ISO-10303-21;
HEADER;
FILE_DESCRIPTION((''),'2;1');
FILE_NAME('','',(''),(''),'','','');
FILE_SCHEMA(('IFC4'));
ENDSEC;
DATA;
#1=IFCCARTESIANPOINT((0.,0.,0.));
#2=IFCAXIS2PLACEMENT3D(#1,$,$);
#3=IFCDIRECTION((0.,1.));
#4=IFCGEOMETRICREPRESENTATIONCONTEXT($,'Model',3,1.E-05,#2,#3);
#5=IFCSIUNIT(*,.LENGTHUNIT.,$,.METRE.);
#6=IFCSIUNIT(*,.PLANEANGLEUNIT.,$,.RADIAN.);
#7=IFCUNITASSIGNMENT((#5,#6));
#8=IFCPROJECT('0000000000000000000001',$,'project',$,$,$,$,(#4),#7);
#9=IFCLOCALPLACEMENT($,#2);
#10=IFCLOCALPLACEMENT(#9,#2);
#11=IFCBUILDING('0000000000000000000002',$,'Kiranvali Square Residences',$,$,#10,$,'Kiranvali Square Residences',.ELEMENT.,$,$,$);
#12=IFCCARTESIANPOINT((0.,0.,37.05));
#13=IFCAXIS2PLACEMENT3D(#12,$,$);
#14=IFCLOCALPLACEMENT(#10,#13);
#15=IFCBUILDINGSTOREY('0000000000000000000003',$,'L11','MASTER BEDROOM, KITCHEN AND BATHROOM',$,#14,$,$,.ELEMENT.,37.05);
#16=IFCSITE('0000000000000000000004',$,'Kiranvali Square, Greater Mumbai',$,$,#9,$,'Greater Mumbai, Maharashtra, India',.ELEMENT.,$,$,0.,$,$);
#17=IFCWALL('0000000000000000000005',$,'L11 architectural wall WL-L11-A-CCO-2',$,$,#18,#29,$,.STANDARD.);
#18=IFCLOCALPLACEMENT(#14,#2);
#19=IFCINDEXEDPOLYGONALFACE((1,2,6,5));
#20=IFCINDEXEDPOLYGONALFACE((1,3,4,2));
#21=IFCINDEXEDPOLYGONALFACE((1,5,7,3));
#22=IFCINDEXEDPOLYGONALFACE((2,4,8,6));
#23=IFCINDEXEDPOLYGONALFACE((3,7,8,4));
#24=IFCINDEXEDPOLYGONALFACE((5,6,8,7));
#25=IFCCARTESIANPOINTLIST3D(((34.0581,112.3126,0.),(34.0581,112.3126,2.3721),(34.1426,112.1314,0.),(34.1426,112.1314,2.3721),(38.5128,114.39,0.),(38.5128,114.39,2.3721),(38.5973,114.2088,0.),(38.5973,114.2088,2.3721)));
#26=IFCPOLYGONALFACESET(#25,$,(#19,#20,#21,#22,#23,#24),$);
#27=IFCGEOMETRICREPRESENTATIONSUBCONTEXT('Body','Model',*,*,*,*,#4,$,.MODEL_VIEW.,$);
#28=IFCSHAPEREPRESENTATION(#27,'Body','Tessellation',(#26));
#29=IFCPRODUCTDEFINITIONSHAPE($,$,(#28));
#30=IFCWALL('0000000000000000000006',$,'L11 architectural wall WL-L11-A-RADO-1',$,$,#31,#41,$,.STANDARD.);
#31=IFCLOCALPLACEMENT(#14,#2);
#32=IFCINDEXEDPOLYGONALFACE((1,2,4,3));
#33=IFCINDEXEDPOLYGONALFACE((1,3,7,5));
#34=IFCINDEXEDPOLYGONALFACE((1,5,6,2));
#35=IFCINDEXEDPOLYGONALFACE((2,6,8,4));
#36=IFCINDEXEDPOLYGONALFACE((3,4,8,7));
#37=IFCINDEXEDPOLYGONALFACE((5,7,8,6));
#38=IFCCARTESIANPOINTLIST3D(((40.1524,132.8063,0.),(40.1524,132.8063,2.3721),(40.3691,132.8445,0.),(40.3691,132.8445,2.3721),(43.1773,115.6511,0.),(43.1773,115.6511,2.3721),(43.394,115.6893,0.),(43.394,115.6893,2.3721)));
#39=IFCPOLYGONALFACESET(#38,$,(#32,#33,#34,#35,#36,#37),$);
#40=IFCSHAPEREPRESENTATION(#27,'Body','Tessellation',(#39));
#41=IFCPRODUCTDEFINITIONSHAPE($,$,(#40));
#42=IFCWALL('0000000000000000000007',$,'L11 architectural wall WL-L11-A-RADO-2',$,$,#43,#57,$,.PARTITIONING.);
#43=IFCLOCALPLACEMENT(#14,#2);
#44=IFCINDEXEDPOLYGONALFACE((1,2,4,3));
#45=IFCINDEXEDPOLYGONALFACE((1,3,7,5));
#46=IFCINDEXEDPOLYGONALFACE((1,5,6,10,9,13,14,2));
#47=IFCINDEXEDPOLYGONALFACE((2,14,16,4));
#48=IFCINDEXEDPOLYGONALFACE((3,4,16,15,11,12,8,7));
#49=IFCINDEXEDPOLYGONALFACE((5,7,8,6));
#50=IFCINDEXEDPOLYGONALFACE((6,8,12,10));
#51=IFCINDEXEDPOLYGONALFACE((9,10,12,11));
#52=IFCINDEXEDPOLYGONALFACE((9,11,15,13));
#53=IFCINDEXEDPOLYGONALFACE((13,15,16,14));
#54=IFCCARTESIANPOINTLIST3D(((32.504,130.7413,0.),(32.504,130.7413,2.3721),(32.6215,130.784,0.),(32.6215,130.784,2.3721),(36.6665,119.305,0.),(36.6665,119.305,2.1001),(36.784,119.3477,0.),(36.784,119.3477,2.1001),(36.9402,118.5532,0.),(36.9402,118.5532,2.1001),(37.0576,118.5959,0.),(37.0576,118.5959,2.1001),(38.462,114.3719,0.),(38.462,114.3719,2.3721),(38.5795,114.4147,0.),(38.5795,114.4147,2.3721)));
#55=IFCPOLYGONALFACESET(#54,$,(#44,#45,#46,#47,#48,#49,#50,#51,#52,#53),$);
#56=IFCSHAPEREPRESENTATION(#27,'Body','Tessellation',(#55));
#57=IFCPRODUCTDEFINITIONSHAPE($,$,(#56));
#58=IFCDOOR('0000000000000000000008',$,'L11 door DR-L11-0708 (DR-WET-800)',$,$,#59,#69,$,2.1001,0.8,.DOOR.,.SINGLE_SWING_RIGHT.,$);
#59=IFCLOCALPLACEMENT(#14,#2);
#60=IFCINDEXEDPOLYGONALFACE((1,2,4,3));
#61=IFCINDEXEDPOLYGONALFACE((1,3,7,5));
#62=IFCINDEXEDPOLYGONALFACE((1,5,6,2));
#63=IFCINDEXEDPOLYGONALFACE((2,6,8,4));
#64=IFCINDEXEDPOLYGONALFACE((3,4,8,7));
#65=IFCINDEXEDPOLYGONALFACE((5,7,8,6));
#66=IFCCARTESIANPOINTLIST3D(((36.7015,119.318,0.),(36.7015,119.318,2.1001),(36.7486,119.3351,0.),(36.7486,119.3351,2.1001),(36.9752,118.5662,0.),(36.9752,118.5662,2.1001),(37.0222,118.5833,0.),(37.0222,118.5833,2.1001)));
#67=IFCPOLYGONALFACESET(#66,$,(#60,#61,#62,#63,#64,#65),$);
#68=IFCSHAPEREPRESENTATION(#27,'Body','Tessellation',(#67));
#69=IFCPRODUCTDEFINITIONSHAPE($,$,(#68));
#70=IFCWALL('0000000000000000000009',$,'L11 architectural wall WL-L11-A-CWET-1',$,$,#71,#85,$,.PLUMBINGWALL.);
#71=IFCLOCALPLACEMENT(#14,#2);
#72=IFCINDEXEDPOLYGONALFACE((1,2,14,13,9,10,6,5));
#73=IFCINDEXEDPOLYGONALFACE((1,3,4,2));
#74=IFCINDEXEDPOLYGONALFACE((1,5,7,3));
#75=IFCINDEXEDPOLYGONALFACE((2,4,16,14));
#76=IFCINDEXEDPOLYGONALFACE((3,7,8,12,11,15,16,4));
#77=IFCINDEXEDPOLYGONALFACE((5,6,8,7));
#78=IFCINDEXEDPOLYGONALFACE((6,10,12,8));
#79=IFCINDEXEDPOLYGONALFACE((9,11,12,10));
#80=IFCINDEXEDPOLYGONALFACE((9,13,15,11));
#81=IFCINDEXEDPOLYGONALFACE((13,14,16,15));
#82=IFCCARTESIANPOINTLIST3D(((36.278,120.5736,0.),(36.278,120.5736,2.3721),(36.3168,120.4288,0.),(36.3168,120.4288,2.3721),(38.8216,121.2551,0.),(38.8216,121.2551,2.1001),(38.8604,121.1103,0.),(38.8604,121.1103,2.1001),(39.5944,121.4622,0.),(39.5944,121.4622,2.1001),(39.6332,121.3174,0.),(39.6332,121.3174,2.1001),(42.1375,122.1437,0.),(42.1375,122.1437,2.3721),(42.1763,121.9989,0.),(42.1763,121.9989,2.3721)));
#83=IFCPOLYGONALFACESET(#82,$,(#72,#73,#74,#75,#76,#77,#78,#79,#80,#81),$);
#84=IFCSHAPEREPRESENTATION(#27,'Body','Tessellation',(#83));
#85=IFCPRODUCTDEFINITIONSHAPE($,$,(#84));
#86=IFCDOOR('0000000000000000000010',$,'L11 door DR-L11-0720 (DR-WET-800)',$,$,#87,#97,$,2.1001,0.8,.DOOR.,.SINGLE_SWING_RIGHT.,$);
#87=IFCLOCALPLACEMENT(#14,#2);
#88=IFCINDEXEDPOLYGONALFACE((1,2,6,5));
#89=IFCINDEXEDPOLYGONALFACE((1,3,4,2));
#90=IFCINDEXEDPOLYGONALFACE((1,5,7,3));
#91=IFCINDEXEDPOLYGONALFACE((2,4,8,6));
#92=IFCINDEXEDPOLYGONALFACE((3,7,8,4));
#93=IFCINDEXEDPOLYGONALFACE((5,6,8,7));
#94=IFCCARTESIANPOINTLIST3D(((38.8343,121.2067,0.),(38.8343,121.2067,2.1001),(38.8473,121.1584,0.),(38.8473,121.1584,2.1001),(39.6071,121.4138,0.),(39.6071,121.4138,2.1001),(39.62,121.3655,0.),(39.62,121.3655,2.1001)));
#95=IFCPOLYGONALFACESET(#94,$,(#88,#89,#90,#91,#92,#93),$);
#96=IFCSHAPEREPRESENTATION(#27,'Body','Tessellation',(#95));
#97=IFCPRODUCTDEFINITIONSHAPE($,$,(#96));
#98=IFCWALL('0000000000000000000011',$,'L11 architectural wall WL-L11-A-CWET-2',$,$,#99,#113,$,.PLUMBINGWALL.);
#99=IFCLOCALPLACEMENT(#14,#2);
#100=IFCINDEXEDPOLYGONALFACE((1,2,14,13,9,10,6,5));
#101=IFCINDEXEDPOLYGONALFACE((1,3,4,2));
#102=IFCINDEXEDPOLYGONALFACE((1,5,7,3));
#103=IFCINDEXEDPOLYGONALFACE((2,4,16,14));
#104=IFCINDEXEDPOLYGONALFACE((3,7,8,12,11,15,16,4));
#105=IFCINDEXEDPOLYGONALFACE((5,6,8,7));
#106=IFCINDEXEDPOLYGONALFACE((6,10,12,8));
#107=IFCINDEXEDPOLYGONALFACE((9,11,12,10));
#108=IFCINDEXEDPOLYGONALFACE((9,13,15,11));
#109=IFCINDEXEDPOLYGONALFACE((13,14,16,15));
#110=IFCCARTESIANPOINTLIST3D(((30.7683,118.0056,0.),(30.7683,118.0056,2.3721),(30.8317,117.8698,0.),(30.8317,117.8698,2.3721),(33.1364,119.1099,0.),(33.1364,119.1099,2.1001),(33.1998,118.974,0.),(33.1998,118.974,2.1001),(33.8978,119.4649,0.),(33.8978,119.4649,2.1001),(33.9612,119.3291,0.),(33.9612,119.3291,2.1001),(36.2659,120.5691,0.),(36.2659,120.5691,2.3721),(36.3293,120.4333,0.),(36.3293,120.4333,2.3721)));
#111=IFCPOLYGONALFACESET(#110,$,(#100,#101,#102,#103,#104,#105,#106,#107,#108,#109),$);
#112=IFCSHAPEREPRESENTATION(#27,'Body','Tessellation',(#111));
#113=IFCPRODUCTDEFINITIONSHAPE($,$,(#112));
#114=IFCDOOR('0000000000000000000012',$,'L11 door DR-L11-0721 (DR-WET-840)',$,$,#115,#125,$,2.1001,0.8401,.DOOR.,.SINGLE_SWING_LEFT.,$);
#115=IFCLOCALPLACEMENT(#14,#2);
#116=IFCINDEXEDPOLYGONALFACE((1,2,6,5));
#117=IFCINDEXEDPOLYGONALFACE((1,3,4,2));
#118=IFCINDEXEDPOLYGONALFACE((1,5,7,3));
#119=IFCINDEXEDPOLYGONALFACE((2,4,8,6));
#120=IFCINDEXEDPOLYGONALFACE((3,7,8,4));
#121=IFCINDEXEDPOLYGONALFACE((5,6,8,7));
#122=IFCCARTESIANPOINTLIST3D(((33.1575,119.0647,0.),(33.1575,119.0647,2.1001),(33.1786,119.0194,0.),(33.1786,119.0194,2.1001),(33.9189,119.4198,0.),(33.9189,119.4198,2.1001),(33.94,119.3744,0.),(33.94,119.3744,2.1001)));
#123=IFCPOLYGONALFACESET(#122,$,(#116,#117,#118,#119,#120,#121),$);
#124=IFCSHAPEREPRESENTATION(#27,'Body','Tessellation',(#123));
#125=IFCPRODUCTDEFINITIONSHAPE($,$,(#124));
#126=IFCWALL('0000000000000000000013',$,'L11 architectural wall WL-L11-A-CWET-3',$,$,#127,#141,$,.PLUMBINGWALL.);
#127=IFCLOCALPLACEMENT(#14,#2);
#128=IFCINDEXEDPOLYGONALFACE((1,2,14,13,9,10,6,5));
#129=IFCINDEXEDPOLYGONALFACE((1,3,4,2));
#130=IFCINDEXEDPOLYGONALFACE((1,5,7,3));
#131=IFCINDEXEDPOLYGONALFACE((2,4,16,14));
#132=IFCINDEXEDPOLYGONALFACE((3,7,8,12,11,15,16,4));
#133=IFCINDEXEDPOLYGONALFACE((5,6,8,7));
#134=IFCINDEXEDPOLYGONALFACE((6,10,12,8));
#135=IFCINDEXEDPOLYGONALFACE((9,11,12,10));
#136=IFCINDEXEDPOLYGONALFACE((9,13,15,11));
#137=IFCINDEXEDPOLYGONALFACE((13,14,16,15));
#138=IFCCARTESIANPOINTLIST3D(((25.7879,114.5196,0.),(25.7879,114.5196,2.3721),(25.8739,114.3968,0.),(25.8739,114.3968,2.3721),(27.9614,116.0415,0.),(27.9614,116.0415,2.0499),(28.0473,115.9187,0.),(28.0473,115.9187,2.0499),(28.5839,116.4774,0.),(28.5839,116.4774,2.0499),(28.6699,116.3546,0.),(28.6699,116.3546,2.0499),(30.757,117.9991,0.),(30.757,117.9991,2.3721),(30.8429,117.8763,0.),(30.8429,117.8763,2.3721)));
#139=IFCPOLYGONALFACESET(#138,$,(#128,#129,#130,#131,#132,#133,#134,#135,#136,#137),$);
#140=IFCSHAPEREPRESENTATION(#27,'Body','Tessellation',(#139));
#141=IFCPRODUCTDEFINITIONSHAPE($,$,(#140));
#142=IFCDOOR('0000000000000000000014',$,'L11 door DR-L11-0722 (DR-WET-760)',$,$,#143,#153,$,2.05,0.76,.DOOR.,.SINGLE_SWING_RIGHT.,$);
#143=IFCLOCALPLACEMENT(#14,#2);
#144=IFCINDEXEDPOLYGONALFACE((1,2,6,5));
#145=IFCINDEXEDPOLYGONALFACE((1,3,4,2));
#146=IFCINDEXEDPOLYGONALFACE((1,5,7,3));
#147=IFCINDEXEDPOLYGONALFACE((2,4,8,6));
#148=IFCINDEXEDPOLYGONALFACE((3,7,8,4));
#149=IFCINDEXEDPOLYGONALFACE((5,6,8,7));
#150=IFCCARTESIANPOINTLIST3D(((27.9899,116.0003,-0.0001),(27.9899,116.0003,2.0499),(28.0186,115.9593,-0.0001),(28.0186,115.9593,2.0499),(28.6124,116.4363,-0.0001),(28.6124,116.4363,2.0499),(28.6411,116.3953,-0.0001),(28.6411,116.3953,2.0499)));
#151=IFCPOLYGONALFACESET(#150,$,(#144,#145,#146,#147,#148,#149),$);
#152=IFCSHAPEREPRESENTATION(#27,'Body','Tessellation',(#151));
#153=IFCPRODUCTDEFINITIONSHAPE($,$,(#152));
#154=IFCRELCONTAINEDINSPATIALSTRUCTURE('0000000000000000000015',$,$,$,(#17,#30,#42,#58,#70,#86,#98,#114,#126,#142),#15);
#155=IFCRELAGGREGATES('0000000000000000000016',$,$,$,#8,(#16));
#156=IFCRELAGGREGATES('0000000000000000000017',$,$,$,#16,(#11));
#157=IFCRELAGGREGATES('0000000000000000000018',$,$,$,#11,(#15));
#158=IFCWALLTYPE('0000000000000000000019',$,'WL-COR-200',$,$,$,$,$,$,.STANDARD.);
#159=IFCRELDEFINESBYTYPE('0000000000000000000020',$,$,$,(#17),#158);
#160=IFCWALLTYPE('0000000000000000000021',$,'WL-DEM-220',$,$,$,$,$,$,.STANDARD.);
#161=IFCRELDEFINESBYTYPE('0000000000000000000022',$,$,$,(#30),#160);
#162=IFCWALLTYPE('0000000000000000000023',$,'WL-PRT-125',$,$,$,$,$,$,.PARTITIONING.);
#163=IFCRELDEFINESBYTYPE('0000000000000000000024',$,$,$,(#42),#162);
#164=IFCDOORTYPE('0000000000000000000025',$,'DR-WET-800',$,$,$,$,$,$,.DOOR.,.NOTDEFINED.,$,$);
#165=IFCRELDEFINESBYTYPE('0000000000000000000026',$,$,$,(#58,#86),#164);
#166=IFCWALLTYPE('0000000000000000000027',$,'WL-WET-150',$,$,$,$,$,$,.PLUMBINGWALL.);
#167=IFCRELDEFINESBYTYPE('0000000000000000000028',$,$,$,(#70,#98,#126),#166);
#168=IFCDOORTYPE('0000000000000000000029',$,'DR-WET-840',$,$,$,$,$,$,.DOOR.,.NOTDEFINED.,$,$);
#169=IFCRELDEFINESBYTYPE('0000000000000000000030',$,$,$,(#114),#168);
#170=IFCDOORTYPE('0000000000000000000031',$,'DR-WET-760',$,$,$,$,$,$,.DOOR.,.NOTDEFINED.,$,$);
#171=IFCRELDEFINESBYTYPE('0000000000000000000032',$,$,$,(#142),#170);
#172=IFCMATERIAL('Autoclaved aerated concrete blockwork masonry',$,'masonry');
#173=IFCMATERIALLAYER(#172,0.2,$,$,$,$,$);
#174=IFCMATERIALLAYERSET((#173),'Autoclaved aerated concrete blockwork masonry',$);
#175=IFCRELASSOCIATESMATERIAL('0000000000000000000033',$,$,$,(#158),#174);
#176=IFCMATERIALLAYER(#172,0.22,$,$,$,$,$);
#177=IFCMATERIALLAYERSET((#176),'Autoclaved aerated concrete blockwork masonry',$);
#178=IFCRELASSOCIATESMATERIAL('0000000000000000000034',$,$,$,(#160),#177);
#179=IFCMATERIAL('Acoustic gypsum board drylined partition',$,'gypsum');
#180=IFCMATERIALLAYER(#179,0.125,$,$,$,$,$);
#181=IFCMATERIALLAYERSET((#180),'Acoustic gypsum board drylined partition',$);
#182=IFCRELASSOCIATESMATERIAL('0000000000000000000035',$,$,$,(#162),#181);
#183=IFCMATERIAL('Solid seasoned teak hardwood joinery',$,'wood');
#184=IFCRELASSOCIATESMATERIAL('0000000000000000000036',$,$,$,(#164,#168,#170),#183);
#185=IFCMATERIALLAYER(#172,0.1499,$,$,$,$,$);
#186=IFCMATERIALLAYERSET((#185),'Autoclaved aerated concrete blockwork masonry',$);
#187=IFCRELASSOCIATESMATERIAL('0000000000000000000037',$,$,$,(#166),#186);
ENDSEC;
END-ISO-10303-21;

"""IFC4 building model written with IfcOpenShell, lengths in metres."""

from ifc_helpers import new_model, si_unit, direction, frame, frame_2d, origin, place, context, subcontext, project, spatial, rectangle, extrude, material, layer, layer_set, type_object, element, fill, save


model = new_model("IFC4")

# Units and contexts
model_context = context("Model", 3, precision=1e-05, world=origin(), true_north=direction((0.0, 1.0)))
body_context = subcontext(model_context, "Body", "Model", "MODEL_VIEW")
ifc_project = project(units=[si_unit("LENGTHUNIT", "METRE"), si_unit("PLANEANGLEUNIT", "RADIAN")], contexts=[model_context])

# Site, building, storey
site_placement = place(None, origin())
site = spatial("IfcSite", under=ifc_project, at=site_placement, Name="Kiranvali Square, Greater Mumbai", LongName="Greater Mumbai, Maharashtra, India", CompositionType="ELEMENT", RefElevation=0.0)
building_placement = place(site_placement, origin())
building = spatial("IfcBuilding", under=site, at=building_placement, Name="Kiranvali Square Residences", LongName="Kiranvali Square Residences", CompositionType="ELEMENT")
storey_placement = place(building_placement, frame((0.0, 0.0, 37.05)))
storey = spatial("IfcBuildingStorey", under=building, at=storey_placement, Name="L11", Description="MASTER BEDROOM, KITCHEN AND BATHROOM", CompositionType="ELEMENT", Elevation=37.05)

# Shared definitions
ifc_material_1 = material(Name="Autoclaved aerated concrete blockwork masonry", Category="masonry")
ifc_layer_1 = layer(ifc_material_1, 0.2)
ifc_layer_set_1 = layer_set([ifc_layer_1], Name="Autoclaved aerated concrete blockwork masonry")
wall_type_1 = type_object("IfcWallType", Name="WL-COR-200", PredefinedType="STANDARD", material=ifc_layer_set_1)

# Walls
wall_1_placement = place(storey_placement, frame((38.5549, 114.2993, 0.0), z_axis=(0.0, 0.0, 1.0), x_axis=(-0.906302, -0.42263, 0.0)))
element("IfcWall", 1, at=wall_1_placement, inside=storey, type_object=wall_type_1, Name="L11 architectural wall WL-L11-A-CCO-2", PredefinedType="STANDARD", context=body_context, shape_type="SweptSolid", body=[
    extrude(rectangle(XDim=4.9153, YDim=0.2, at=frame_2d((2.4575, 0.0))), origin(), (0.0, 0.0, 1.0), 2.3721),
])
ifc_layer_2 = layer(ifc_material_1, 0.22)
ifc_layer_set_2 = layer_set([ifc_layer_2], Name="Autoclaved aerated concrete blockwork masonry")
wall_type_2 = type_object("IfcWallType", Name="WL-DEM-220", PredefinedType="STANDARD", material=ifc_layer_set_2)
wall_2_placement = place(storey_placement, frame((43.2856, 115.6702, 0.0), z_axis=(0.0, 0.0, 1.0), x_axis=(-0.173646, 0.984808, 0.0)))
element("IfcWall", 2, at=wall_2_placement, inside=storey, type_object=wall_type_2, Name="L11 architectural wall WL-L11-A-RADO-1", PredefinedType="STANDARD", context=body_context, shape_type="SweptSolid", body=[
    extrude(rectangle(XDim=17.4199, YDim=0.22, at=frame_2d((8.71, 0.0))), origin(), (0.0, 0.0, 1.0), 2.3721),
])

# Walls, openings, doors
ifc_material_2 = material(Name="Acoustic gypsum board drylined partition", Category="gypsum")
ifc_layer_3 = layer(ifc_material_2, 0.125)
ifc_layer_set_3 = layer_set([ifc_layer_3], Name="Acoustic gypsum board drylined partition")
wall_type_3 = type_object("IfcWallType", Name="WL-PRT-125", PredefinedType="PARTITIONING", material=ifc_layer_set_3)
wall_3_placement = place(storey_placement, frame((38.5208, 114.3933, 0.0), z_axis=(0.0, 0.0, 1.0), x_axis=(-0.342022, 0.939692, 0.0)))
wall_3 = element("IfcWall", 3, at=wall_3_placement, inside=storey, type_object=wall_type_3, Name="L11 architectural wall WL-L11-A-RADO-2", PredefinedType="PARTITIONING", context=body_context, shape_type="SweptSolid", body=[
    extrude(rectangle(XDim=17.4199, YDim=0.125, at=frame_2d((8.71, 0.0))), origin(), (0.0, 0.0, 1.0), 2.3721),
])
opening_1_placement = place(wall_3_placement, frame((4.4497, 0.0, 0.0)))
opening_1 = element("IfcOpeningElement", 4, at=opening_1_placement, cuts=wall_3, PredefinedType="OPENING", context=body_context, shape_type="SweptSolid", body=[
    extrude(rectangle(XDim=0.8, YDim=2.1001, at=frame_2d((0.3999, 1.05))), frame((0.0, 0.0725, 0.0), z_axis=(0.0, -1.0, 0.0), x_axis=(1.0, 0.0, 0.0)), (0.0, 0.0, 1.0), 0.145),
])
ifc_material_3 = material(Name="Solid seasoned teak hardwood joinery", Category="wood")
door_type_1 = type_object("IfcDoorType", Name="DR-WET-800", OperationType="NOTDEFINED", PredefinedType="DOOR", material=ifc_material_3)
door_1_placement = place(opening_1_placement, frame((0.8, 0.0, 0.0), z_axis=(0.0, 0.0, 1.0), x_axis=(-1.0, 0.0, 0.0)))
door_1 = element("IfcDoor", 5, at=door_1_placement, inside=storey, type_object=door_type_1, Name="L11 door DR-L11-0708 (DR-WET-800)", OperationType="SINGLE_SWING_RIGHT", OverallHeight=2.1001, OverallWidth=0.8, PredefinedType="DOOR", context=body_context, shape_type="SweptSolid", body=[
    extrude(rectangle(XDim=0.8, YDim=2.1001, at=frame_2d((0.3999, 1.05))), frame((0.0, 0.0249, 0.0), z_axis=(0.0, -1.0, 0.0), x_axis=(1.0, 0.0, 0.0)), (0.0, 0.0, 1.0), 0.05),
])
fill(opening_1, door_1)
ifc_layer_4 = layer(ifc_material_1, 0.1499)
ifc_layer_set_4 = layer_set([ifc_layer_4], Name="Autoclaved aerated concrete blockwork masonry")
wall_type_4 = type_object("IfcWallType", Name="WL-WET-150", PredefinedType="PLUMBINGWALL", material=ifc_layer_set_4)
wall_4_placement = place(storey_placement, frame((42.157, 122.0713, 0.0), z_axis=(0.0, 0.0, 1.0), x_axis=(-0.965924, -0.258827, 0.0)))
wall_4 = element("IfcWall", 6, at=wall_4_placement, inside=storey, type_object=wall_type_4, Name="L11 architectural wall WL-L11-A-CWET-1", PredefinedType="PLUMBINGWALL", context=body_context, shape_type="SweptSolid", body=[
    extrude(rectangle(XDim=6.0662, YDim=0.1499, at=frame_2d((3.0332, 0.0))), origin(), (0.0, 0.0, 1.0), 2.3721),
])
opening_2_placement = place(wall_4_placement, frame((2.6331, 0.0, 0.0)))
opening_2 = element("IfcOpeningElement", 7, at=opening_2_placement, cuts=wall_4, PredefinedType="OPENING", context=body_context, shape_type="SweptSolid", body=[
    extrude(rectangle(XDim=0.8, YDim=2.1001, at=frame_2d((0.3999, 1.05))), frame((0.0, 0.085, 0.0), z_axis=(0.0, -1.0, 0.0), x_axis=(1.0, 0.0, 0.0)), (0.0, 0.0, 1.0), 0.1699),
])
door_2_placement = place(opening_2_placement, frame((0.8, 0.0, 0.0), z_axis=(0.0, 0.0, 1.0), x_axis=(-1.0, 0.0, 0.0)))
door_2 = element("IfcDoor", 8, at=door_2_placement, inside=storey, type_object=door_type_1, Name="L11 door DR-L11-0720 (DR-WET-800)", OperationType="SINGLE_SWING_RIGHT", OverallHeight=2.1001, OverallWidth=0.8, PredefinedType="DOOR", context=body_context, shape_type="SweptSolid", body=[
    extrude(rectangle(XDim=0.8, YDim=2.1001, at=frame_2d((0.3999, 1.05))), frame((0.0, 0.0249, 0.0), z_axis=(0.0, -1.0, 0.0), x_axis=(1.0, 0.0, 0.0)), (0.0, 0.0, 1.0), 0.05),
])
fill(opening_2, door_2)
wall_5_placement = place(storey_placement, frame((36.2976, 120.5012, 0.0), z_axis=(0.0, 0.0, 1.0), x_axis=(-0.906313, -0.422608, 0.0)))
wall_5 = element("IfcWall", 9, at=wall_5_placement, inside=storey, type_object=wall_type_4, Name="L11 architectural wall WL-L11-A-CWET-2", PredefinedType="PLUMBINGWALL", context=body_context, shape_type="SweptSolid", body=[
    extrude(rectangle(XDim=6.0659, YDim=0.1499, at=frame_2d((3.033, 0.0))), origin(), (0.0, 0.0, 1.0), 2.3721),
])
opening_3_placement = place(wall_5_placement, frame((2.613, 0.0, 0.0)))
opening_3 = element("IfcOpeningElement", 10, at=opening_3_placement, cuts=wall_5, PredefinedType="OPENING", context=body_context, shape_type="SweptSolid", body=[
    extrude(rectangle(XDim=0.8401, YDim=2.1001, at=frame_2d((0.4199, 1.05))), frame((0.0, 0.085, 0.0), z_axis=(0.0, -1.0, 0.0), x_axis=(1.0, 0.0, 0.0)), (0.0, 0.0, 1.0), 0.1699),
])
door_type_2 = type_object("IfcDoorType", Name="DR-WET-840", OperationType="NOTDEFINED", PredefinedType="DOOR", material=ifc_material_3)
door_3_placement = place(opening_3_placement, origin())
door_3 = element("IfcDoor", 11, at=door_3_placement, inside=storey, type_object=door_type_2, Name="L11 door DR-L11-0721 (DR-WET-840)", OperationType="SINGLE_SWING_LEFT", OverallHeight=2.1001, OverallWidth=0.8401, PredefinedType="DOOR", context=body_context, shape_type="SweptSolid", body=[
    extrude(rectangle(XDim=0.8401, YDim=2.1001, at=frame_2d((0.4199, 1.05))), frame((0.0, 0.0249, 0.0), z_axis=(0.0, -1.0, 0.0), x_axis=(1.0, 0.0, 0.0)), (0.0, 0.0, 1.0), 0.05),
])
fill(opening_3, door_3)
wall_6_placement = place(storey_placement, frame((30.8, 117.9377, 0.0), z_axis=(0.0, 0.0, 1.0), x_axis=(-0.819139, -0.573595, 0.0)))
wall_6 = element("IfcWall", 12, at=wall_6_placement, inside=storey, type_object=wall_type_4, Name="L11 architectural wall WL-L11-A-CWET-3", PredefinedType="PLUMBINGWALL", context=body_context, shape_type="SweptSolid", body=[
    extrude(rectangle(XDim=6.0662, YDim=0.1499, at=frame_2d((3.0332, 0.0))), origin(), (0.0, 0.0, 1.0), 2.3721),
])
opening_4_placement = place(wall_6_placement, frame((2.6531, 0.0, 0.0)))
opening_4 = element("IfcOpeningElement", 13, at=opening_4_placement, cuts=wall_6, PredefinedType="OPENING", context=body_context, shape_type="SweptSolid", body=[
    extrude(rectangle(XDim=0.76, YDim=2.05, at=frame_2d((0.3799, 1.0249))), frame((0.0, 0.085, 0.0), z_axis=(0.0, -1.0, 0.0), x_axis=(1.0, 0.0, 0.0)), (0.0, 0.0, 1.0), 0.1699),
])
door_type_3 = type_object("IfcDoorType", Name="DR-WET-760", OperationType="NOTDEFINED", PredefinedType="DOOR", material=ifc_material_3)
door_4_placement = place(opening_4_placement, frame((0.76, 0.0, 0.0), z_axis=(0.0, 0.0, 1.0), x_axis=(-1.0, 0.0, 0.0)))
door_4 = element("IfcDoor", 14, at=door_4_placement, inside=storey, type_object=door_type_3, Name="L11 door DR-L11-0722 (DR-WET-760)", OperationType="SINGLE_SWING_RIGHT", OverallHeight=2.05, OverallWidth=0.76, PredefinedType="DOOR", context=body_context, shape_type="SweptSolid", body=[
    extrude(rectangle(XDim=0.76, YDim=2.05, at=frame_2d((0.3799, 1.0249))), frame((0.0, 0.0249, 0.0), z_axis=(0.0, -1.0, 0.0), x_axis=(1.0, 0.0, 0.0)), (0.0, 0.0, 1.0), 0.05),
])
fill(opening_4, door_4)

save(model, "model.ifc")
